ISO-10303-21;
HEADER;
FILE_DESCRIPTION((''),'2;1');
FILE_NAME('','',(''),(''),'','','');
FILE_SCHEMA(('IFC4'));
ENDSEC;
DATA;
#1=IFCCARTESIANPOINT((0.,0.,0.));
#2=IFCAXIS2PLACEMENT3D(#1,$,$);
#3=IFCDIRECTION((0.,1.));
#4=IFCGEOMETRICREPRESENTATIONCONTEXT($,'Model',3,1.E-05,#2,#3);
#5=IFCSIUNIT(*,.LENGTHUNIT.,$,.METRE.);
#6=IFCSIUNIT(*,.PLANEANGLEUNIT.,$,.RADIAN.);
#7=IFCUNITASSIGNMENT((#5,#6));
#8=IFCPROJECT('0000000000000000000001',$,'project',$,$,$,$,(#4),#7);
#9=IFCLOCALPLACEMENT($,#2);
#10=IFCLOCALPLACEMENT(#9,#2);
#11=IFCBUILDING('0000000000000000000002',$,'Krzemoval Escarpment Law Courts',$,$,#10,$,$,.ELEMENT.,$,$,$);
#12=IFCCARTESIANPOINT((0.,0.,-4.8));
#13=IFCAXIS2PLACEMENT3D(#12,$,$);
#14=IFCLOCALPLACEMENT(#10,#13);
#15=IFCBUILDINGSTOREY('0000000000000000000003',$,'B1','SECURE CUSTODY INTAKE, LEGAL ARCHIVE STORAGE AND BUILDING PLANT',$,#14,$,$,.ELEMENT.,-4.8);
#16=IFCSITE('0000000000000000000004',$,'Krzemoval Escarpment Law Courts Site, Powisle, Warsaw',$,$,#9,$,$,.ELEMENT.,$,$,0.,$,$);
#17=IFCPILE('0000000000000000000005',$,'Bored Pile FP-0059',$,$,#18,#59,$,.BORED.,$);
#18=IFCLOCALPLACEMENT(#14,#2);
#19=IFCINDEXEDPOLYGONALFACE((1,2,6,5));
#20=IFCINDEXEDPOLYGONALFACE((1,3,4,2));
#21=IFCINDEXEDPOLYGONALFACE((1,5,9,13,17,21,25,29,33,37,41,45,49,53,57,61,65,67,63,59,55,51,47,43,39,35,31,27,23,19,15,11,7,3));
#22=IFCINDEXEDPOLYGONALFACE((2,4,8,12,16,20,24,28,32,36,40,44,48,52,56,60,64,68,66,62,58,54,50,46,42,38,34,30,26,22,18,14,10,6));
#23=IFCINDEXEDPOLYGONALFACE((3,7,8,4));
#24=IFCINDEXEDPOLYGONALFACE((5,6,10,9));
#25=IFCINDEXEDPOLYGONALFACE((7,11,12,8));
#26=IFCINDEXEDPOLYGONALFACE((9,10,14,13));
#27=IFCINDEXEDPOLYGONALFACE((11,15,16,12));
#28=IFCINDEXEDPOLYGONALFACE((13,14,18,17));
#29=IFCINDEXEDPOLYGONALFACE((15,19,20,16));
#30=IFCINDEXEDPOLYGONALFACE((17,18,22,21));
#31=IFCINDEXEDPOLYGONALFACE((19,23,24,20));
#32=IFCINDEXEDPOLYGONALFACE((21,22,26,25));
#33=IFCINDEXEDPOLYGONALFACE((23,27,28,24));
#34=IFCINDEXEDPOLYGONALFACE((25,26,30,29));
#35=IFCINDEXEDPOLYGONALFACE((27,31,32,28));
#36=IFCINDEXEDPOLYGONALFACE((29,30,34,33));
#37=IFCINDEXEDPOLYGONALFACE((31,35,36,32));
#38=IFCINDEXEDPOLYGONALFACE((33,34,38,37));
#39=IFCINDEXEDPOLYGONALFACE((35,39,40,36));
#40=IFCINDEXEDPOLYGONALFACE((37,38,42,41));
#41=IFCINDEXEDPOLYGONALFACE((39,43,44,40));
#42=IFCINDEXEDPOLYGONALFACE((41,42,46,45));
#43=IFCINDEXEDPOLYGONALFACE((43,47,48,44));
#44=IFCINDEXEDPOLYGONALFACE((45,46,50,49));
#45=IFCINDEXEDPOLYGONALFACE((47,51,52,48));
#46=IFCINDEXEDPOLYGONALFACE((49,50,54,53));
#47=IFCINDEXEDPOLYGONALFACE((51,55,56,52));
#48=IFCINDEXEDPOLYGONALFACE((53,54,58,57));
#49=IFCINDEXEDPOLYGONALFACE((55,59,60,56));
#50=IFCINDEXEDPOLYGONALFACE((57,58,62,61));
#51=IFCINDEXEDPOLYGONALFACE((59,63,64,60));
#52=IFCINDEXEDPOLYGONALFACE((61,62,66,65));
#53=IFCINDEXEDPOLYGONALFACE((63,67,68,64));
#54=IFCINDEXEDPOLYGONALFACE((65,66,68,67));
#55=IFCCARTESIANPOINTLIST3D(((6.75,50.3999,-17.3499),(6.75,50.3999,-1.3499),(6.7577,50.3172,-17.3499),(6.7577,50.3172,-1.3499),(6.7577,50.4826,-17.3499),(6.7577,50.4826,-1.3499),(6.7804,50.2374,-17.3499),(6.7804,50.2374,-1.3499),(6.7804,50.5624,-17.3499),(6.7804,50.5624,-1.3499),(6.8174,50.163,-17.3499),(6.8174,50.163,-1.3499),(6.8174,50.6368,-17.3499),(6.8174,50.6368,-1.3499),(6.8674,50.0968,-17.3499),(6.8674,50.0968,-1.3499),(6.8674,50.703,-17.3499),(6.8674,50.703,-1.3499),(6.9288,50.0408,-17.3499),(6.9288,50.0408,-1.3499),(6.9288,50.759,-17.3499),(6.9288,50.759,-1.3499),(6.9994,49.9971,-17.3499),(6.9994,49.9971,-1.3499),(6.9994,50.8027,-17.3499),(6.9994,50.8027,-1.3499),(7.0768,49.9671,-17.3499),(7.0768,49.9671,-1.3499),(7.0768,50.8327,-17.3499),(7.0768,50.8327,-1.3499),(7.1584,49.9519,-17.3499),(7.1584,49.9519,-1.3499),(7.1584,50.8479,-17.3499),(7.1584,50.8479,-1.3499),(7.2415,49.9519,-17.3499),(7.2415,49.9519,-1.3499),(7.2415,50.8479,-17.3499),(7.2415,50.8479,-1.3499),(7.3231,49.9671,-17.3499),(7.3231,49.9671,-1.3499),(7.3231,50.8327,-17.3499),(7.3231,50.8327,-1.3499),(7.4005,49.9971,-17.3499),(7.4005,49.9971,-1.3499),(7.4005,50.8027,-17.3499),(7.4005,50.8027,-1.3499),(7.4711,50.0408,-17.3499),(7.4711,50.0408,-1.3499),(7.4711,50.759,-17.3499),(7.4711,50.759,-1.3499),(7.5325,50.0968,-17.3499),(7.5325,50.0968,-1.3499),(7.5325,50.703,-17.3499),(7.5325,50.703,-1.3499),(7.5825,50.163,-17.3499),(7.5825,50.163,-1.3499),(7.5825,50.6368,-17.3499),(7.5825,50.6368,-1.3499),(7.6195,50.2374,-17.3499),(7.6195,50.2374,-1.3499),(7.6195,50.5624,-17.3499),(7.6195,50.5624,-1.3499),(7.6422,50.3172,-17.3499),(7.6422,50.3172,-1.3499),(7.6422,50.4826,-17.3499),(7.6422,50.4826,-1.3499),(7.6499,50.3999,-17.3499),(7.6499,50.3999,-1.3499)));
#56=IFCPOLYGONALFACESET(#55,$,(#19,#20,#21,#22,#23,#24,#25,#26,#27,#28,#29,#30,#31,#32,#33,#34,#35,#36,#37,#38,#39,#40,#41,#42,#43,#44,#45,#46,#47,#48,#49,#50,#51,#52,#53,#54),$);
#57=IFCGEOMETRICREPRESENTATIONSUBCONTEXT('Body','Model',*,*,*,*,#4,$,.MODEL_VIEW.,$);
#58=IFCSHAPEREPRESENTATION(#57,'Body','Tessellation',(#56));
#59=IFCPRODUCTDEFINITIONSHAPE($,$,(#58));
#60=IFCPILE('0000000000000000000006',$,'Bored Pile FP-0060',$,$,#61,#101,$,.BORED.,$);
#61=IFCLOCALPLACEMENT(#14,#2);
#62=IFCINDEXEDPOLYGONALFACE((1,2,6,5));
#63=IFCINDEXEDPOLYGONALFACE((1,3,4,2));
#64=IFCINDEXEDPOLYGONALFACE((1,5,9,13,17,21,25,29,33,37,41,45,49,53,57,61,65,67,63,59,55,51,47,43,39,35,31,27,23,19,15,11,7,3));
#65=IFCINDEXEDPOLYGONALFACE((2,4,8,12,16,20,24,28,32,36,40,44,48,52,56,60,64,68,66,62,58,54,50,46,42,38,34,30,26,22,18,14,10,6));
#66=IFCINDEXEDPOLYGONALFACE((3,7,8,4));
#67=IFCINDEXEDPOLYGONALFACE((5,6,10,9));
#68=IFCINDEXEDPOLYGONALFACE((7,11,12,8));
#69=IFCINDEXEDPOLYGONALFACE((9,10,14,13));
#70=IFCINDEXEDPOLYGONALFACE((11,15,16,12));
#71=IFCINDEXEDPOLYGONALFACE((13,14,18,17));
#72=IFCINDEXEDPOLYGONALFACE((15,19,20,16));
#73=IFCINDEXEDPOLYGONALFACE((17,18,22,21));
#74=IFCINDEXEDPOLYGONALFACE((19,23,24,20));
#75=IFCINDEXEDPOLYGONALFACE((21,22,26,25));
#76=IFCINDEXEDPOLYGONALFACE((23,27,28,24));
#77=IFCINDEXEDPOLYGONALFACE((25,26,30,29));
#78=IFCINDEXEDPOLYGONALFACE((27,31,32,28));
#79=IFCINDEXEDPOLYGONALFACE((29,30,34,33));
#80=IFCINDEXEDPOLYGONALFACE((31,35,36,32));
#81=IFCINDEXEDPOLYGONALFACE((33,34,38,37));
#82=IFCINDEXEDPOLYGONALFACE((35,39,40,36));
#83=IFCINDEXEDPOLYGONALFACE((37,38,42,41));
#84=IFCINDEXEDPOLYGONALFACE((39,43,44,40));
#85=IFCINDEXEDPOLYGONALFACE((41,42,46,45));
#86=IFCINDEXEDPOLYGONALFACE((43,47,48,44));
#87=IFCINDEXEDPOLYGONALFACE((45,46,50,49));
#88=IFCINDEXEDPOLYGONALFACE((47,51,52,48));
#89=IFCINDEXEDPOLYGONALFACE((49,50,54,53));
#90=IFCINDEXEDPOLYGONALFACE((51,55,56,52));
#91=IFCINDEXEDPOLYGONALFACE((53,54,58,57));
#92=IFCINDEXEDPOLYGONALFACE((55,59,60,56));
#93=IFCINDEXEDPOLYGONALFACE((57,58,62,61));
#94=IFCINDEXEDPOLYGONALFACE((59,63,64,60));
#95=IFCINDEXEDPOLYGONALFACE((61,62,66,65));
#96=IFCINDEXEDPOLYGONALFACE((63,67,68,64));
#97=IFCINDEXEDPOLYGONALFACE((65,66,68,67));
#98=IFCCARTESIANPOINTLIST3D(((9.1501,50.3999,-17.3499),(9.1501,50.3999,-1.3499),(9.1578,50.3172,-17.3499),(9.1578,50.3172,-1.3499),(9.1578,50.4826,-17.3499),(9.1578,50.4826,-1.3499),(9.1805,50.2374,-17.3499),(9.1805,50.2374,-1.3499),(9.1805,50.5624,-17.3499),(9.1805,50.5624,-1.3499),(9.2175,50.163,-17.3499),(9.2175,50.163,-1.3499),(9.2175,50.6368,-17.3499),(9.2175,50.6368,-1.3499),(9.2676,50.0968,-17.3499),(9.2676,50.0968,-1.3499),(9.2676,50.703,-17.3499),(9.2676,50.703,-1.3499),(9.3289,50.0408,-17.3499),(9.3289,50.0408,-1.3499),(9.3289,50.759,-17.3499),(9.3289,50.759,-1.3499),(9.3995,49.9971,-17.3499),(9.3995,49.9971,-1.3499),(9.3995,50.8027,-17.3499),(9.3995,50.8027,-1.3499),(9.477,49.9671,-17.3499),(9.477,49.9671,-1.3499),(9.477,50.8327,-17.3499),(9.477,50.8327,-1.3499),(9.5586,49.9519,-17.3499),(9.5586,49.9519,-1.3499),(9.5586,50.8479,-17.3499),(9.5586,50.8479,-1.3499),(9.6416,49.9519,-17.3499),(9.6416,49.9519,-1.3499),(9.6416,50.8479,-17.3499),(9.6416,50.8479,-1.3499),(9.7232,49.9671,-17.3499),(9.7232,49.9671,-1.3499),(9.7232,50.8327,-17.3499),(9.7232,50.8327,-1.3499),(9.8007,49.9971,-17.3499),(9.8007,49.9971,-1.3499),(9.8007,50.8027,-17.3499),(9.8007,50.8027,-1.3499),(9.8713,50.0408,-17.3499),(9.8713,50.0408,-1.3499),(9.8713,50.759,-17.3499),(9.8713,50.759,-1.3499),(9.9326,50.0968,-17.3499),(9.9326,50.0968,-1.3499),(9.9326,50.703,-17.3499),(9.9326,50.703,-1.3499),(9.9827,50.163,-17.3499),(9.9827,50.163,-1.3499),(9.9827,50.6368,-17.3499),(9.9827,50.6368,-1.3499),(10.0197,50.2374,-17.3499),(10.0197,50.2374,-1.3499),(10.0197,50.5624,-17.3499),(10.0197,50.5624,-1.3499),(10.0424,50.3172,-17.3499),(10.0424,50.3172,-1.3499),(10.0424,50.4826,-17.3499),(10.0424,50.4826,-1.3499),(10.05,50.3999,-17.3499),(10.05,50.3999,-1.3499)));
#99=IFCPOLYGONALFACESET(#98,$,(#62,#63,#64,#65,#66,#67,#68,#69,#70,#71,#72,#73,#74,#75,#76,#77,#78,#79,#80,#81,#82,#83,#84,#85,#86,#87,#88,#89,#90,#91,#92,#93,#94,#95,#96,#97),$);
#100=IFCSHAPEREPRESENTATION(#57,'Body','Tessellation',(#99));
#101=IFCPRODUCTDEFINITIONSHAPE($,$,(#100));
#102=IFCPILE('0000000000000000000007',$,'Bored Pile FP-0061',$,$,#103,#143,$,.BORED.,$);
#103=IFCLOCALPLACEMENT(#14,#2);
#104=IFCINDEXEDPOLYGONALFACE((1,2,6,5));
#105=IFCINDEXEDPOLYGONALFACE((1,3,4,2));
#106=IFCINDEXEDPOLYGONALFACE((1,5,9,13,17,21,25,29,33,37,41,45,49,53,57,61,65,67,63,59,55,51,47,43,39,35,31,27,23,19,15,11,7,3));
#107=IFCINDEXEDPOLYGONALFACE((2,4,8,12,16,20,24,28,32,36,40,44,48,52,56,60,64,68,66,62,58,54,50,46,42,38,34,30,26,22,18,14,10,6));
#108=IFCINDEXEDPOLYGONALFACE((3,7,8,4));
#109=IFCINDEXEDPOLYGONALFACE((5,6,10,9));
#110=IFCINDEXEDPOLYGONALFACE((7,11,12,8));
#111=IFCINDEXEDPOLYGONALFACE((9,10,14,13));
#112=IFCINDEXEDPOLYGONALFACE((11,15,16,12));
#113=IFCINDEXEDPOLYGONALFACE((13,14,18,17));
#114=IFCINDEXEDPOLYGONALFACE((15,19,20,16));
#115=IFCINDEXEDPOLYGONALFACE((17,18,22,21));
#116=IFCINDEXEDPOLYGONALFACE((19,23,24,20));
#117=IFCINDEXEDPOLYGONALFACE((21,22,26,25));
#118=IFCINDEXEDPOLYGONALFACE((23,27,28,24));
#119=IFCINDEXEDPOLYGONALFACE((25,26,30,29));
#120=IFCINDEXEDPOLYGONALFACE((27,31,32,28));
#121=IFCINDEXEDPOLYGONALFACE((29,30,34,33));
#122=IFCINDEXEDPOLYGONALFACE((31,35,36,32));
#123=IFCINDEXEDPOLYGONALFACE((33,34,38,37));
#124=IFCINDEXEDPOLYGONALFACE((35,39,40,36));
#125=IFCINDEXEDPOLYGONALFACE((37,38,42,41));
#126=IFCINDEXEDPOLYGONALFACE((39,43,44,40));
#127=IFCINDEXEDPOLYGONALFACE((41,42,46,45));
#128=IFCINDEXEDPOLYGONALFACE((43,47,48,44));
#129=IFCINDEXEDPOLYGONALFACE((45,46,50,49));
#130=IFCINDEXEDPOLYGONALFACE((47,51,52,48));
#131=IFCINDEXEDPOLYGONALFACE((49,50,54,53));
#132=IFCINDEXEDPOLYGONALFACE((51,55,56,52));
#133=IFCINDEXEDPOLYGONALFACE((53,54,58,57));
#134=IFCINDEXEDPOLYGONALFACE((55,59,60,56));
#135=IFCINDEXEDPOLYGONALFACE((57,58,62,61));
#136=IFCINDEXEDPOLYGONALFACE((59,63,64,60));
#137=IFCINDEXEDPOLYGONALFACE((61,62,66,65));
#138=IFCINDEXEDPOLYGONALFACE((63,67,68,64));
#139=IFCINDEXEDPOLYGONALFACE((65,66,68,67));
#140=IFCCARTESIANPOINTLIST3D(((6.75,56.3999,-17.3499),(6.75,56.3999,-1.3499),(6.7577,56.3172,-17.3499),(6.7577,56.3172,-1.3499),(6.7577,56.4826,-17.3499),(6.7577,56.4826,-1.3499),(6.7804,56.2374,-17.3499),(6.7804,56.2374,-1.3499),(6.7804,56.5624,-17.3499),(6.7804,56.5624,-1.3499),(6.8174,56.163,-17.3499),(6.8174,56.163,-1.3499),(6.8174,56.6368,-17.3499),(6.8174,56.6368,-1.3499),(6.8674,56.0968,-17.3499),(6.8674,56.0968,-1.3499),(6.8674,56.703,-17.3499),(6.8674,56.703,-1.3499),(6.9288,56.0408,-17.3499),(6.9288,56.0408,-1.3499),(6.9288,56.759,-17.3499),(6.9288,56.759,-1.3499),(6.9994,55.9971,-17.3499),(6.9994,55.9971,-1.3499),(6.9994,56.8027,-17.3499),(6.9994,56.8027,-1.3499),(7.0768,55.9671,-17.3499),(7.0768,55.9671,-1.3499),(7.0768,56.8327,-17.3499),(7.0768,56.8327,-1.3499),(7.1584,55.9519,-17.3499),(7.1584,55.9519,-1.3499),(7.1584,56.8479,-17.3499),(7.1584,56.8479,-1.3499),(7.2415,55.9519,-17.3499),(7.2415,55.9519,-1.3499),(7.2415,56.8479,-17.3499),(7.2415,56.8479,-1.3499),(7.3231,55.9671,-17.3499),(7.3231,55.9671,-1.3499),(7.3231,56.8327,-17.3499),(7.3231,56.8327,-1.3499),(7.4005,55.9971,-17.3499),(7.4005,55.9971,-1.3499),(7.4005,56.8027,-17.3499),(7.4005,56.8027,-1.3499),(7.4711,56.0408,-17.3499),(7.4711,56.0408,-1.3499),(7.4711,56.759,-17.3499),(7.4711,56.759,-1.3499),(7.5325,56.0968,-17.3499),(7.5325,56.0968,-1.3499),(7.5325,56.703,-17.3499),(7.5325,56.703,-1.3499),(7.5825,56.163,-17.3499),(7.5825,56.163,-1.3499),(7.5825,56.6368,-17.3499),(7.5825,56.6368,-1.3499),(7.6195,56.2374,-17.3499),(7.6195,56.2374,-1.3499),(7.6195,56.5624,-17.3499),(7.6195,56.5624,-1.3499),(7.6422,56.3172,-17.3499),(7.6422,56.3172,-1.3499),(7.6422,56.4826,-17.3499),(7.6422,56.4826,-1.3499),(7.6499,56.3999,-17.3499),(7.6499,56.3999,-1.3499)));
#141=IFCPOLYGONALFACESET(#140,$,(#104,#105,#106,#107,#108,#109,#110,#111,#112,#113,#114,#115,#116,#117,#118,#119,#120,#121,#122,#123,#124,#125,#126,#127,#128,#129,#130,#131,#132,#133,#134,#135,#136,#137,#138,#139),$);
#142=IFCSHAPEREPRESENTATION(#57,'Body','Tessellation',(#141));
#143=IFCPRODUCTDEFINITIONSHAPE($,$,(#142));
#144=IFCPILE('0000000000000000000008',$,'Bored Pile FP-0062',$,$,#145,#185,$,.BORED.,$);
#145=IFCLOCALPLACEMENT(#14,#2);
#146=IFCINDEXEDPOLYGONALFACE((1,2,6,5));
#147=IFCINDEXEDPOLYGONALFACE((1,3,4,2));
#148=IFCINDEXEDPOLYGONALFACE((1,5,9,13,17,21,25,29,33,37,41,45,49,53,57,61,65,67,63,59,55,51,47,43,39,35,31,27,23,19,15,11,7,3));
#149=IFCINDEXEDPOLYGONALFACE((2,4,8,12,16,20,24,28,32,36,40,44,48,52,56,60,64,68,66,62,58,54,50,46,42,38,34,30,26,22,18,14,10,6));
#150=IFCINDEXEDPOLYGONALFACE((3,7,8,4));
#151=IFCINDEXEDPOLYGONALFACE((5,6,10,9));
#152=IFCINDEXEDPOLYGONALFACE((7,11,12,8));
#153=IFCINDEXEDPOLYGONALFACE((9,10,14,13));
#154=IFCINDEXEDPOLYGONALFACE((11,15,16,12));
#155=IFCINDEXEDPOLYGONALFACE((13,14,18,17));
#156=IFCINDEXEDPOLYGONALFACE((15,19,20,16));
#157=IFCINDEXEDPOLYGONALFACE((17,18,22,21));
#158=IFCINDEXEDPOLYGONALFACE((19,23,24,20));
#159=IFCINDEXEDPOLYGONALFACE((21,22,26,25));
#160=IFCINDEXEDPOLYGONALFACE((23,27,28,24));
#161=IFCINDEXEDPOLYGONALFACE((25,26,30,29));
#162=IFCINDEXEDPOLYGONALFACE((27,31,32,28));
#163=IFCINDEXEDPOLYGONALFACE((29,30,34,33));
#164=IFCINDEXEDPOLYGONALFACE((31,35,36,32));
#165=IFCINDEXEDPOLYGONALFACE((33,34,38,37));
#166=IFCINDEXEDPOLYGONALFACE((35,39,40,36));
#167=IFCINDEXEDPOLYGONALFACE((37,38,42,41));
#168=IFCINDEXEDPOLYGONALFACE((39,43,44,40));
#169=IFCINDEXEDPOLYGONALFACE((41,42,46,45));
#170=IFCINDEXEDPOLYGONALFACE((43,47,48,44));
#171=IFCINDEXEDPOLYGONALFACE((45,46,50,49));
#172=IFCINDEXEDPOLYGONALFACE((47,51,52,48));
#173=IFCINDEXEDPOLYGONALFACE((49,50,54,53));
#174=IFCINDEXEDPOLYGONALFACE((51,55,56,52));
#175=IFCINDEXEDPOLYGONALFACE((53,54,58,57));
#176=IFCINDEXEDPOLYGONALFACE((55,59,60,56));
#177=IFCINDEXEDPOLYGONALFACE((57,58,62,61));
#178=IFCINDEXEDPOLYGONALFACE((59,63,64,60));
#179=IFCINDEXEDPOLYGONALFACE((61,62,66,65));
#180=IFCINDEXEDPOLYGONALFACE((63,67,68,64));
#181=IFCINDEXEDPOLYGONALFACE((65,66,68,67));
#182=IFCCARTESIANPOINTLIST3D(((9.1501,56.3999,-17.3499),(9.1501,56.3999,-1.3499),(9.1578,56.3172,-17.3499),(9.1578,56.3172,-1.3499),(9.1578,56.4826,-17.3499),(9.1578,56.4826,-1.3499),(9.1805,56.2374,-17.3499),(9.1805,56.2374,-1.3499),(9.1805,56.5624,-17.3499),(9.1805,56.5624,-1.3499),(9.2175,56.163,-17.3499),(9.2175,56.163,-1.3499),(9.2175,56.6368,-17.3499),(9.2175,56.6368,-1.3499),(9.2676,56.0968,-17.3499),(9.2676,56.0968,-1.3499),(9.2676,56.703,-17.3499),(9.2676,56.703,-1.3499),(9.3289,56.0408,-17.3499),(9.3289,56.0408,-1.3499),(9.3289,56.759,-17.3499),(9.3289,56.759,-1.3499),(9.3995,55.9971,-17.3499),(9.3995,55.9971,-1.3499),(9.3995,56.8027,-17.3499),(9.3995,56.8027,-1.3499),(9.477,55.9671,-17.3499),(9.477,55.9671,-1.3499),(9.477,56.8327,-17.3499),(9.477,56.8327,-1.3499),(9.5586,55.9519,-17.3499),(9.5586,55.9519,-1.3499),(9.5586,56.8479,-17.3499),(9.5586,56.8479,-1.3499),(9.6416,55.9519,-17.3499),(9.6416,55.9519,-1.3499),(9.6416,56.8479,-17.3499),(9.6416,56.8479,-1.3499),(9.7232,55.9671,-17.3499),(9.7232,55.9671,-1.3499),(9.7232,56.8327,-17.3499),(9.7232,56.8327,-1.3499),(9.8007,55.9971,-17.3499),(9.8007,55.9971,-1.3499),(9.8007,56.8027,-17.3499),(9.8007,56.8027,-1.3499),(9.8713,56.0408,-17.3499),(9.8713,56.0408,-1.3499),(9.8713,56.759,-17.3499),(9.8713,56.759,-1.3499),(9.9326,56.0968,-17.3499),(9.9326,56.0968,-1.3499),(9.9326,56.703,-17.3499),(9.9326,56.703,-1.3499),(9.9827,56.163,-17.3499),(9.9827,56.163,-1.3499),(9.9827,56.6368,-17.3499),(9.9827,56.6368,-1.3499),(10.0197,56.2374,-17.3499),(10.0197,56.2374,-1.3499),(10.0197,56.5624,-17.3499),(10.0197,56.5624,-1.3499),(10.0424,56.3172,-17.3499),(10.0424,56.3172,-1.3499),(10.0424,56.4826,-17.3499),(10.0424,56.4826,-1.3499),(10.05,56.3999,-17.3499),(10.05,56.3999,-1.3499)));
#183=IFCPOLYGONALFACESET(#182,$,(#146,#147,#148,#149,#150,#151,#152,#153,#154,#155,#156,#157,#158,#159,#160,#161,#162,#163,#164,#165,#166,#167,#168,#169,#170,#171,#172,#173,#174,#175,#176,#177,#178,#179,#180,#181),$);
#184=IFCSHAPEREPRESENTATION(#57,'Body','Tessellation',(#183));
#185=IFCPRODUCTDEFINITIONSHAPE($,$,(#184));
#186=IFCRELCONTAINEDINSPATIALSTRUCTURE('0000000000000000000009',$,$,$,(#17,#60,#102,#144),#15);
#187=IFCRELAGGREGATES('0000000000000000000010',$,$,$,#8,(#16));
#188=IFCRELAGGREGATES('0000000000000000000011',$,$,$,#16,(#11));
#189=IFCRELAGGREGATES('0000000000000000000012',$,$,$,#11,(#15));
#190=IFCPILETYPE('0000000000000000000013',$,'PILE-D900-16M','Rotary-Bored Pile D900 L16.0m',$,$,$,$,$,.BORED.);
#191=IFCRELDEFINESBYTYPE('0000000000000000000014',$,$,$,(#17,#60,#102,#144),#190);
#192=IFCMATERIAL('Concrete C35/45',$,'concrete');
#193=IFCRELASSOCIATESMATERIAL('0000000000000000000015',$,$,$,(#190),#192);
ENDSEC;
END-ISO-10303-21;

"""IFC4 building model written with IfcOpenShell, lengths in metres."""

from ifc_helpers import new_model, si_unit, direction, frame, origin, origin_2d, place, context, subcontext, project, spatial, circle, extrude, material, material_profile, profile_set, type_object, element, save


model = new_model("IFC4")

# Units and contexts
model_context = context("Model", 3, precision=1e-05, world=origin(), true_north=direction((0.0, 1.0)))
body_context = subcontext(model_context, "Body", "Model", "MODEL_VIEW")
ifc_project = project(units=[si_unit("LENGTHUNIT", "METRE"), si_unit("PLANEANGLEUNIT", "RADIAN")], contexts=[model_context])

# Site, building, storey
site_placement = place(None, origin())
site = spatial("IfcSite", under=ifc_project, at=site_placement, Name="Krzemoval Escarpment Law Courts Site, Powisle, Warsaw", CompositionType="ELEMENT", RefElevation=0.0)
building_placement = place(site_placement, origin())
building = spatial("IfcBuilding", under=site, at=building_placement, Name="Krzemoval Escarpment Law Courts", CompositionType="ELEMENT")
storey_placement = place(building_placement, frame((0.0, 0.0, -4.8)))
storey = spatial("IfcBuildingStorey", under=building, at=storey_placement, Name="B1", Description="SECURE CUSTODY INTAKE, LEGAL ARCHIVE STORAGE AND BUILDING PLANT", CompositionType="ELEMENT", Elevation=-4.8)

# Piles
ifc_material_1 = material(Name="Concrete C35/45", Category="concrete")
ifc_material_profile_1 = material_profile(ifc_material_1, circle(Radius=0.45, at=origin_2d()), Name="PILE D900")
ifc_profile_set_1 = profile_set([ifc_material_profile_1], Name="Concrete C35/45")
pile_type = type_object("IfcPileType", Name="PILE-D900-16M", Description="Rotary-Bored Pile D900 L16.0m", PredefinedType="BORED", material=ifc_profile_set_1)
for number, where, z_axis, x_axis, name in (
    (1, (7.2, 50.3999, -1.3499), (0.0, 0.0, -1.0), (1.0, 0.0, 0.0), "Bored Pile FP-0059"),
    (2, (9.6001, 50.3999, -1.3499), (0.0, 0.0, -1.0), (1.0, 0.0, 0.0), "Bored Pile FP-0060"),
    (3, (7.2, 56.3999, -1.3499), (0.0, 0.0, -1.0), (1.0, 0.0, 0.0), "Bored Pile FP-0061"),
    (4, (9.6001, 56.3999, -1.3499), (0.0, 0.0, -1.0), (1.0, 0.0, 0.0), "Bored Pile FP-0062"),
):
    element("IfcPile", number, at=place(storey_placement, frame(where, z_axis=z_axis, x_axis=x_axis)), inside=storey, type_object=pile_type, Name=name, PredefinedType="BORED", context=body_context, shape_type="SweptSolid", body=[
        extrude(circle(Radius=0.45, at=origin_2d()), origin(), (0.0, 0.0, 1.0), 16.0),
    ])

save(model, "model.ifc")
